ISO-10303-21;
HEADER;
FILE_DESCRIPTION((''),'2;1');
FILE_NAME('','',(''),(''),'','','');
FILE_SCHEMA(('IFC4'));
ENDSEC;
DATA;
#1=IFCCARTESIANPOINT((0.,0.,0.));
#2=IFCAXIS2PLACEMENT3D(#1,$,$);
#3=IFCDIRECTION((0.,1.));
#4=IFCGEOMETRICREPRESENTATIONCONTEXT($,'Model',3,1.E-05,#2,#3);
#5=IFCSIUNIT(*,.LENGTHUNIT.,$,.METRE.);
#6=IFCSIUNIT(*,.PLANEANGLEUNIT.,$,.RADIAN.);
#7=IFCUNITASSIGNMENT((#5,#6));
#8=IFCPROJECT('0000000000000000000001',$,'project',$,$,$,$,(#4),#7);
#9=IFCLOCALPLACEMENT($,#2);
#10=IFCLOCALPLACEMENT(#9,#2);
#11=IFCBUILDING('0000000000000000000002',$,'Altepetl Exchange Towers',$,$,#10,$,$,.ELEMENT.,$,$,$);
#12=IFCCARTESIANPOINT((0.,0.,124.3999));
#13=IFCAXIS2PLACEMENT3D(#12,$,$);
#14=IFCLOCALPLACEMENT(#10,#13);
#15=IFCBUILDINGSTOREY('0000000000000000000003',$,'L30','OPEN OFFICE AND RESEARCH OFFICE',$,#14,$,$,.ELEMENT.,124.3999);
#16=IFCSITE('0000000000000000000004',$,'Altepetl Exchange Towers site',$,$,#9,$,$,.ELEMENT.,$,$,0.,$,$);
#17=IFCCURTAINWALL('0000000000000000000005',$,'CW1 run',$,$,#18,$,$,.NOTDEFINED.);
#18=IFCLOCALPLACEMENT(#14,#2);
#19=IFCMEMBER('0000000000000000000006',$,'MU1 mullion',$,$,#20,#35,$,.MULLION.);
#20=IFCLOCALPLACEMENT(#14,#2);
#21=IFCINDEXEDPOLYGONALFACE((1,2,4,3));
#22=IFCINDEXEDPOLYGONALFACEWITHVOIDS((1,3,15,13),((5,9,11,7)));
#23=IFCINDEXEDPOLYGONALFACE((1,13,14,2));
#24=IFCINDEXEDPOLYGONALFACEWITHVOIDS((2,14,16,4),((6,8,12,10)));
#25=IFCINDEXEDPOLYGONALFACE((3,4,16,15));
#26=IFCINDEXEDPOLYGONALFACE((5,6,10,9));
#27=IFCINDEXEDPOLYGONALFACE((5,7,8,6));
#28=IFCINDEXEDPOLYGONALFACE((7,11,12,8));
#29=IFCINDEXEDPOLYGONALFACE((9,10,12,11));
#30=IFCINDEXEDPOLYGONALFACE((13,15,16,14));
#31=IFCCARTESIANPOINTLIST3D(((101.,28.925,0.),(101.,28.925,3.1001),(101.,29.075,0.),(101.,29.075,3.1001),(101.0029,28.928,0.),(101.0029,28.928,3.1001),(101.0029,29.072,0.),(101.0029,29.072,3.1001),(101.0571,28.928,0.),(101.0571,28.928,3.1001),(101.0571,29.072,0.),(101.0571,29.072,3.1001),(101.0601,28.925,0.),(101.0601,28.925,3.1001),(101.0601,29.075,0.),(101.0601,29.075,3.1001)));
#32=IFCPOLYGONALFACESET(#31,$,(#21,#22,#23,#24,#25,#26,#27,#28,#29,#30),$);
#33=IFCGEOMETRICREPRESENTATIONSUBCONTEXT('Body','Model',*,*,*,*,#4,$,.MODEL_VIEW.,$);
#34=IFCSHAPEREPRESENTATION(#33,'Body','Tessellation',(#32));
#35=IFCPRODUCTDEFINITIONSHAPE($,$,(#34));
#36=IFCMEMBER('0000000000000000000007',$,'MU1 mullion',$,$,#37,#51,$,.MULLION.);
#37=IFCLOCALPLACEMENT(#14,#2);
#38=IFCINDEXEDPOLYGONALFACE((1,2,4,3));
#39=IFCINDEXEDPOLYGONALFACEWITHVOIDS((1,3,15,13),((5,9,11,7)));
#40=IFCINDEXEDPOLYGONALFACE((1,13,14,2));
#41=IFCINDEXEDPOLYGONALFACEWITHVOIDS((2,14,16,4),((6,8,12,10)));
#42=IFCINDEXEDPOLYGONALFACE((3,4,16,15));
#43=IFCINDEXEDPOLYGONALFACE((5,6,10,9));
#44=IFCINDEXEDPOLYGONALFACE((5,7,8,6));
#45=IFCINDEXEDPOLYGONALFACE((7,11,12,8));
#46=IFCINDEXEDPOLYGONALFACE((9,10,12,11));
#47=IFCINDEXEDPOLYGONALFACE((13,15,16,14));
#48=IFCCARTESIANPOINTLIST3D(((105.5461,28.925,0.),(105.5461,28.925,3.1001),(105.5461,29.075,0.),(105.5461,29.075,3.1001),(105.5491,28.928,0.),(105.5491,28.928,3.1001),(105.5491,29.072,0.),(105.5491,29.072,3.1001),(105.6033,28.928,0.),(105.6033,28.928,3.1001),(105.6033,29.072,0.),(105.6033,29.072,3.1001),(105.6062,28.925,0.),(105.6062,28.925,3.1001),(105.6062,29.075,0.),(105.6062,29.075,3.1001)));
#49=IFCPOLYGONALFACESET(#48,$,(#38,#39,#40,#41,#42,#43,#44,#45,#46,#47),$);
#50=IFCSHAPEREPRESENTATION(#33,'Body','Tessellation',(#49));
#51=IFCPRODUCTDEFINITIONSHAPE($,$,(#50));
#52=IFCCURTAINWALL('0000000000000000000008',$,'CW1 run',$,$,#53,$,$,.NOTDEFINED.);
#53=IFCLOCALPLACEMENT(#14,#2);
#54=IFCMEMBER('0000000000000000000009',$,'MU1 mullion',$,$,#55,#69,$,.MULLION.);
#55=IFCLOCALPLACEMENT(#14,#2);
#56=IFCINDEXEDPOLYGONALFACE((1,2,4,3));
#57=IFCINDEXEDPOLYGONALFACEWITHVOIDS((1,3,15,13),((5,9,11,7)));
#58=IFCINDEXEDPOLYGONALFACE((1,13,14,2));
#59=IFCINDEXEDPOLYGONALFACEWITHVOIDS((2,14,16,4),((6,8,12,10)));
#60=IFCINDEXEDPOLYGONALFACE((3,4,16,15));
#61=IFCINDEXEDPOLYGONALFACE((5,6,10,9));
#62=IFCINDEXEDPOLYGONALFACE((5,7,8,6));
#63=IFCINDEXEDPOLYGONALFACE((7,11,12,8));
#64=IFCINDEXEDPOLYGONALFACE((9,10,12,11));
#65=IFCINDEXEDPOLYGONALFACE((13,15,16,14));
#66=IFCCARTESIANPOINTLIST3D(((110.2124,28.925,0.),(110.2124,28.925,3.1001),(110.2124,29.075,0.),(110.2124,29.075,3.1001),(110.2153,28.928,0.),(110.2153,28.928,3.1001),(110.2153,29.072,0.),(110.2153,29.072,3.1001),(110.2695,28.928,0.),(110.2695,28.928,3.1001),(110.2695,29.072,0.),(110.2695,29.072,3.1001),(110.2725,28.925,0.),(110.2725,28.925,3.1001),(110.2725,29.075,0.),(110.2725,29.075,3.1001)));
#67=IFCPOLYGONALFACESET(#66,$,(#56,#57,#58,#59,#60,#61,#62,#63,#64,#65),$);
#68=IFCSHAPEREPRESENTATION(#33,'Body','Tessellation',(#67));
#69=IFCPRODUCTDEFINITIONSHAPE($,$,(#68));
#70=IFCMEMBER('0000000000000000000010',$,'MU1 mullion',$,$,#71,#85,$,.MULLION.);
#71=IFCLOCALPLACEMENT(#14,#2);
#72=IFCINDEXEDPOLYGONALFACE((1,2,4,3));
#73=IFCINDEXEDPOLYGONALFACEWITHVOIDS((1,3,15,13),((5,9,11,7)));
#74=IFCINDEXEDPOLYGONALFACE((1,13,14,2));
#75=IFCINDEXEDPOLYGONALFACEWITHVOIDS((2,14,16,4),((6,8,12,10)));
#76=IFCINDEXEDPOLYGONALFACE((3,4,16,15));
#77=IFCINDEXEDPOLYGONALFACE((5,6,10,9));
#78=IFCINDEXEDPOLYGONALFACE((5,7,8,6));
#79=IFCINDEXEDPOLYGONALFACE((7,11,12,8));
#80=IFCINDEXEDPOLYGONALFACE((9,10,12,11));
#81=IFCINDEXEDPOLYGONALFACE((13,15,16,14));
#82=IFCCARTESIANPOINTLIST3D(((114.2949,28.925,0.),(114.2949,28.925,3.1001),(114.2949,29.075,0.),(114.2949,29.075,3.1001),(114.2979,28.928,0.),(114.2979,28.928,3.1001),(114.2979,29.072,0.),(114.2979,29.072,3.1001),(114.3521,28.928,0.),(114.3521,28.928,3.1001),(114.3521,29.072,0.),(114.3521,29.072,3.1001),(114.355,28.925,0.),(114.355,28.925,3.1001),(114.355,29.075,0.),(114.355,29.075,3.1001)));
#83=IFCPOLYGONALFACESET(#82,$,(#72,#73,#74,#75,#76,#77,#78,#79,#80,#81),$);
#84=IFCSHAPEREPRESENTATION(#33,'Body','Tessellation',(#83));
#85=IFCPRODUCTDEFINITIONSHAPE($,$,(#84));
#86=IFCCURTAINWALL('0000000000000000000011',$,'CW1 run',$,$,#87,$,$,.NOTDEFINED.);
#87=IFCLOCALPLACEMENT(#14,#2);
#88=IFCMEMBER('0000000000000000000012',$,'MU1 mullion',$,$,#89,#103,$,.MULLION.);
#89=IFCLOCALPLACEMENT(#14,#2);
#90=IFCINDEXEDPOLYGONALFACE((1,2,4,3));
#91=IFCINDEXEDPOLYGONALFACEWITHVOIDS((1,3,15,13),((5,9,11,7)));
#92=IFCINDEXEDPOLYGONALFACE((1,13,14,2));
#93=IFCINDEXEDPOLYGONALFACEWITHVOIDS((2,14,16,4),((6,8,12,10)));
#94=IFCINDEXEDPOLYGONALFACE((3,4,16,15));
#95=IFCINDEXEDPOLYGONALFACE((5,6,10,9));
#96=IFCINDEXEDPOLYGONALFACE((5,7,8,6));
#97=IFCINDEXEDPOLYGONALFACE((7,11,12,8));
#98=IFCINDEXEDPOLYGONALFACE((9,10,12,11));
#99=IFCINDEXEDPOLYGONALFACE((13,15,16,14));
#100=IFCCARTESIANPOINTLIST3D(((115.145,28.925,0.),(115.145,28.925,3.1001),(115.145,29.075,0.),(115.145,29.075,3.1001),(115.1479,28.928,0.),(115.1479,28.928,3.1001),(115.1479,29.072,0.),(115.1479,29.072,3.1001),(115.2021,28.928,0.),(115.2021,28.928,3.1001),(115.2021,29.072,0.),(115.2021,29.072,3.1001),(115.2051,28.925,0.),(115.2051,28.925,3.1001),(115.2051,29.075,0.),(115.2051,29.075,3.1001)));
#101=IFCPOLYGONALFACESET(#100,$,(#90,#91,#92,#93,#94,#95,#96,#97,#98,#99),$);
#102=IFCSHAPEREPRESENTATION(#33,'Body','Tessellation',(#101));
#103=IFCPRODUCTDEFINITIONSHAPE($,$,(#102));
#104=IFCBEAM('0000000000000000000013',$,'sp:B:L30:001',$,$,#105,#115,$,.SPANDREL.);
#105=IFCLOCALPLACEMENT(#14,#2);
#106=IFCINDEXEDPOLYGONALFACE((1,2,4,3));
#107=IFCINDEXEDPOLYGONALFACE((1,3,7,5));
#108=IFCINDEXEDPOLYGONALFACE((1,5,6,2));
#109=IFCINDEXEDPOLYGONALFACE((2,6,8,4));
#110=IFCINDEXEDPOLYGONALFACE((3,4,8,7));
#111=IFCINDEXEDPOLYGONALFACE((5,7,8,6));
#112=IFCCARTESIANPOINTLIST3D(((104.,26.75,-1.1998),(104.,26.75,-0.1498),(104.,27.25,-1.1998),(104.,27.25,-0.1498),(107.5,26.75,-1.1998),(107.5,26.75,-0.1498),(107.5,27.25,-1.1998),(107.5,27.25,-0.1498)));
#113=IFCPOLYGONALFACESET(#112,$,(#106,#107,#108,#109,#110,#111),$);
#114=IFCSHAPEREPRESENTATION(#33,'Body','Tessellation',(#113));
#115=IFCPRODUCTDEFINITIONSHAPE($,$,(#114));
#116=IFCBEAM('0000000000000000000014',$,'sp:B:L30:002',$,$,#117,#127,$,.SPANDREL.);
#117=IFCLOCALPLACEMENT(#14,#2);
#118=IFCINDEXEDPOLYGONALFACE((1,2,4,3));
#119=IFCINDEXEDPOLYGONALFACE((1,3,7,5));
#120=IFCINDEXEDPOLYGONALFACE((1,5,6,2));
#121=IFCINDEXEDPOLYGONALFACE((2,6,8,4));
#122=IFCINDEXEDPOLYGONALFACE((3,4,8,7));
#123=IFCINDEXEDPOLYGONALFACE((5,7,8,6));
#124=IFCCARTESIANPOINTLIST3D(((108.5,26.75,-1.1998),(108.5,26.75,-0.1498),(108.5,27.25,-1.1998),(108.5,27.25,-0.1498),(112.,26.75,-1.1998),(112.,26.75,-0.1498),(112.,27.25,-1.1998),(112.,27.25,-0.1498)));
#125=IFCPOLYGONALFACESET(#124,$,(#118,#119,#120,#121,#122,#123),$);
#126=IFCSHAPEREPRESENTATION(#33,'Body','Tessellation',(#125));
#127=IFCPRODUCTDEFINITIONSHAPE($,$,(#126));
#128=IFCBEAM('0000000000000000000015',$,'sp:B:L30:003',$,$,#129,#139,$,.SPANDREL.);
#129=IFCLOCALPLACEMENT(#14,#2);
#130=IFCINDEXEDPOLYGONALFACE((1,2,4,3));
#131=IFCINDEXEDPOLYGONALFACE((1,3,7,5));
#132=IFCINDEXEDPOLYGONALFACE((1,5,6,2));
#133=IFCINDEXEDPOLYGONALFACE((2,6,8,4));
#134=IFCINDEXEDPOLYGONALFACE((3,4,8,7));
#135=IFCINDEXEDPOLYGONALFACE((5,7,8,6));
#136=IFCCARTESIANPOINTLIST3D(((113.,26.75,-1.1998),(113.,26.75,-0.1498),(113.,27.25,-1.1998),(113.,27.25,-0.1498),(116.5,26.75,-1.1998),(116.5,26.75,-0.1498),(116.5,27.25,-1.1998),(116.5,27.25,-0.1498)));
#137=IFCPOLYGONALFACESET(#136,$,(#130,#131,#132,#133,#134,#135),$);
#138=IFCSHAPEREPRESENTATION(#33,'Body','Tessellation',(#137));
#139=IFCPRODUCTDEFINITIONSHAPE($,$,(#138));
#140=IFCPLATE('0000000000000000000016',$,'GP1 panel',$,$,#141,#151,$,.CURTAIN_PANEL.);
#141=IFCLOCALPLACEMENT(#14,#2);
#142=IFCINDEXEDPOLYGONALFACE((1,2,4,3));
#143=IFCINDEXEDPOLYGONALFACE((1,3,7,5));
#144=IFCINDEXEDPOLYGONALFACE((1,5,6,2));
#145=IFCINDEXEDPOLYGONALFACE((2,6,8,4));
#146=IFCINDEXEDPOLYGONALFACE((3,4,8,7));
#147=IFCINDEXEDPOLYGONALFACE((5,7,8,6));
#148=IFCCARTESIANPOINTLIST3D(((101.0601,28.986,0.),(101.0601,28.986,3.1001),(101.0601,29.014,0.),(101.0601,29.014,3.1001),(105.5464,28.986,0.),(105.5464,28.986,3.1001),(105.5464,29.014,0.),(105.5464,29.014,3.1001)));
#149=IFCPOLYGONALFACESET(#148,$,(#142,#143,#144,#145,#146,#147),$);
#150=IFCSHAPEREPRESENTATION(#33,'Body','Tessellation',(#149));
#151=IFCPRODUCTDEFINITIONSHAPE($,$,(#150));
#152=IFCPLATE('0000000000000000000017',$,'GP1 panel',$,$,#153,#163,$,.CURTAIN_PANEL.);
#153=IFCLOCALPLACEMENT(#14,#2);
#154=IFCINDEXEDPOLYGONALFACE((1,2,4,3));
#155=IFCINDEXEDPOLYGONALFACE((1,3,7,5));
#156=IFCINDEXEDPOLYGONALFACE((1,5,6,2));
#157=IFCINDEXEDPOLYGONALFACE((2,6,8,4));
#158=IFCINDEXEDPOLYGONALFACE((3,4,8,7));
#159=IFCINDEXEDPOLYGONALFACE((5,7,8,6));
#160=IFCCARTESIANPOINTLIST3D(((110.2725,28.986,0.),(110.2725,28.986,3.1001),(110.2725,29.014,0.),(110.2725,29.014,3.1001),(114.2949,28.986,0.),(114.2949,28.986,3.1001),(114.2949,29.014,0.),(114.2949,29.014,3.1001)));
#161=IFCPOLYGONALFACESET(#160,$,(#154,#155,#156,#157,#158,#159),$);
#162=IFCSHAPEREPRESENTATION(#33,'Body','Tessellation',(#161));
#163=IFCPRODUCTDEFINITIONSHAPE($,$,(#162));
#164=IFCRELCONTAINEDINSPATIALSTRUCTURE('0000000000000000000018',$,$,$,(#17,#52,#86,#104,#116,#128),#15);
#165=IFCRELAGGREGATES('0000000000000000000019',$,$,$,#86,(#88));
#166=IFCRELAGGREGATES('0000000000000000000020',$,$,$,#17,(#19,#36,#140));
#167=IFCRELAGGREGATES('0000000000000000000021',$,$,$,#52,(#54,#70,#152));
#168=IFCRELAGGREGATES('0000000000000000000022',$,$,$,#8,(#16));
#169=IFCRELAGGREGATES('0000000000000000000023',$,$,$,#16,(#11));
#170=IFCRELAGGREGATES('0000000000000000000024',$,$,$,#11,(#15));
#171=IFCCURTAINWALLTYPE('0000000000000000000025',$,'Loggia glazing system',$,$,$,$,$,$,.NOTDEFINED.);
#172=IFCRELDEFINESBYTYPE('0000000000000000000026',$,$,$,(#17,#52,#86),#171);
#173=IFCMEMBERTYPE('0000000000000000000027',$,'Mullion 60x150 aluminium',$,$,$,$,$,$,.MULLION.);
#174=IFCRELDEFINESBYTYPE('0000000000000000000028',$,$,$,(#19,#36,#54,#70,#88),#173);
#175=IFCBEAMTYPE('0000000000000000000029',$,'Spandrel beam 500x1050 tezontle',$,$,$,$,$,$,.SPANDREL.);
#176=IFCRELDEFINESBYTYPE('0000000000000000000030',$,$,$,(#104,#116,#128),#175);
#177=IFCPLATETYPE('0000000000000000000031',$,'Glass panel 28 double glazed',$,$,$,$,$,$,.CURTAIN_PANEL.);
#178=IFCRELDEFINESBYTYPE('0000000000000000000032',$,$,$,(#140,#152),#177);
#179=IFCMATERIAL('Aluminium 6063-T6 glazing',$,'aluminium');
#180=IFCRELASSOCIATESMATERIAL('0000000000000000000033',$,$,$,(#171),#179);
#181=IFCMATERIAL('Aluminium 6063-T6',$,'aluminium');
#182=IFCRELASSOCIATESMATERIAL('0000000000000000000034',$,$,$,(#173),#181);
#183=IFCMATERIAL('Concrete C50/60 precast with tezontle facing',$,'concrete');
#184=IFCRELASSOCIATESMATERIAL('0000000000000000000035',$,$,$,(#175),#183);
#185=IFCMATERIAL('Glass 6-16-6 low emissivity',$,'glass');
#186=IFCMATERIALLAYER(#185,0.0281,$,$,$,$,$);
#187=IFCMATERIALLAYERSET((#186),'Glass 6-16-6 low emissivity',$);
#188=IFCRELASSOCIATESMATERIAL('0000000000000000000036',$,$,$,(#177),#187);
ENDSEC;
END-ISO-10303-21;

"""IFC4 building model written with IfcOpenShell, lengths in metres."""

from ifc_helpers import new_model, si_unit, direction, frame, origin, origin_2d, place, context, subcontext, project, spatial, rectangle, hollow_rectangle, extrude, material, layer, layer_set, material_profile, profile_set, type_object, element, aggregate, save


model = new_model("IFC4")

# Units and contexts
model_context = context("Model", 3, precision=1e-05, world=origin(), true_north=direction((0.0, 1.0)))
body_context = subcontext(model_context, "Body", "Model", "MODEL_VIEW")
ifc_project = project(units=[si_unit("LENGTHUNIT", "METRE"), si_unit("PLANEANGLEUNIT", "RADIAN")], contexts=[model_context])

# Site, building, storey
site_placement = place(None, origin())
site = spatial("IfcSite", under=ifc_project, at=site_placement, Name="Altepetl Exchange Towers site", CompositionType="ELEMENT", RefElevation=0.0)
building_placement = place(site_placement, origin())
building = spatial("IfcBuilding", under=site, at=building_placement, Name="Altepetl Exchange Towers", CompositionType="ELEMENT")
storey_placement = place(building_placement, frame((0.0, 0.0, 124.3999)))
storey = spatial("IfcBuildingStorey", under=building, at=storey_placement, Name="L30", Description="OPEN OFFICE AND RESEARCH OFFICE", CompositionType="ELEMENT", Elevation=124.3999)

# Curtain walls, members
ifc_material_1 = material(Name="Aluminium 6063-T6 glazing", Category="aluminium")
curtain_wall_type = type_object("IfcCurtainWallType", Name="Loggia glazing system", PredefinedType="NOTDEFINED", material=ifc_material_1)
curtain_wall_1_placement = place(storey_placement, origin())
curtain_wall_1 = element("IfcCurtainWall", 1, at=curtain_wall_1_placement, inside=storey, type_object=curtain_wall_type, Name="CW1 run", PredefinedType="NOTDEFINED")
ifc_material_2 = material(Name="Aluminium 6063-T6", Category="aluminium")
ifc_material_profile_1 = material_profile(ifc_material_2, hollow_rectangle(XDim=0.0601, YDim=0.1499, WallThickness=0.0029, at=origin_2d()), Name="Mullion 60x150 aluminium")
ifc_profile_set_1 = profile_set([ifc_material_profile_1], Name="Aluminium 6063-T6")
member_type = type_object("IfcMemberType", Name="Mullion 60x150 aluminium", PredefinedType="MULLION", material=ifc_profile_set_1)
member_1_placement = place(storey_placement, frame((101.03, 29.0, 0.0)))
member_1 = element("IfcMember", 2, at=member_1_placement, type_object=member_type, Name="MU1 mullion", PredefinedType="MULLION", context=body_context, shape_type="SweptSolid", body=[
    extrude(hollow_rectangle(XDim=0.0601, YDim=0.1499, WallThickness=0.0029, at=origin_2d()), origin(), (0.0, 0.0, 1.0), 3.1001),
])
member_2_placement = place(storey_placement, frame((105.5762, 29.0, 0.0)))
member_2 = element("IfcMember", 3, at=member_2_placement, type_object=member_type, Name="MU1 mullion", PredefinedType="MULLION", context=body_context, shape_type="SweptSolid", body=[
    extrude(hollow_rectangle(XDim=0.0601, YDim=0.1499, WallThickness=0.0029, at=origin_2d()), origin(), (0.0, 0.0, 1.0), 3.1001),
])
curtain_wall_2_placement = place(storey_placement, origin())
curtain_wall_2 = element("IfcCurtainWall", 4, at=curtain_wall_2_placement, inside=storey, type_object=curtain_wall_type, Name="CW1 run", PredefinedType="NOTDEFINED")
member_3_placement = place(storey_placement, frame((110.2424, 29.0, 0.0)))
member_3 = element("IfcMember", 5, at=member_3_placement, type_object=member_type, Name="MU1 mullion", PredefinedType="MULLION", context=body_context, shape_type="SweptSolid", body=[
    extrude(hollow_rectangle(XDim=0.0601, YDim=0.1499, WallThickness=0.0029, at=origin_2d()), origin(), (0.0, 0.0, 1.0), 3.1001),
])
member_4_placement = place(storey_placement, frame((114.325, 29.0, 0.0)))
member_4 = element("IfcMember", 6, at=member_4_placement, type_object=member_type, Name="MU1 mullion", PredefinedType="MULLION", context=body_context, shape_type="SweptSolid", body=[
    extrude(hollow_rectangle(XDim=0.0601, YDim=0.1499, WallThickness=0.0029, at=origin_2d()), origin(), (0.0, 0.0, 1.0), 3.1001),
])

# Curtain wall, member
curtain_wall_3_placement = place(storey_placement, origin())
curtain_wall_3 = element("IfcCurtainWall", 7, at=curtain_wall_3_placement, inside=storey, type_object=curtain_wall_type, Name="CW1 run", PredefinedType="NOTDEFINED")
member_5_placement = place(storey_placement, frame((115.175, 29.0, 0.0)))
member_5 = element("IfcMember", 8, at=member_5_placement, type_object=member_type, Name="MU1 mullion", PredefinedType="MULLION", context=body_context, shape_type="SweptSolid", body=[
    extrude(hollow_rectangle(XDim=0.0601, YDim=0.1499, WallThickness=0.0029, at=origin_2d()), origin(), (0.0, 0.0, 1.0), 3.1001),
])
aggregate(curtain_wall_3, [member_5])

# Beams
ifc_material_3 = material(Name="Concrete C50/60 precast with tezontle facing", Category="concrete")
ifc_material_profile_2 = material_profile(ifc_material_3, rectangle(XDim=0.5, YDim=1.05, at=origin_2d()), Name="500 x 1050")
ifc_profile_set_2 = profile_set([ifc_material_profile_2], Name="Concrete C50/60 precast with tezontle facing")
beam_type_1 = type_object("IfcBeamType", Name="Spandrel beam 500x1050 tezontle", PredefinedType="SPANDREL", material=ifc_profile_set_2)
for number, where, z_axis, x_axis, name in (
    (9, (104.0, 27.0, -0.6748), (1.0, 0.0, 0.0), (0.0, 1.0, 0.0), "sp:B:L30:001"),
    (10, (108.5, 27.0, -0.6748), (1.0, 0.0, 0.0), (0.0, 1.0, 0.0), "sp:B:L30:002"),
    (11, (113.0, 27.0, -0.6748), (1.0, 0.0, 0.0), (0.0, 1.0, 0.0), "sp:B:L30:003"),
):
    element("IfcBeam", number, at=place(storey_placement, frame(where, z_axis=z_axis, x_axis=x_axis)), inside=storey, type_object=beam_type_1, Name=name, PredefinedType="SPANDREL", context=body_context, shape_type="SweptSolid", body=[
        extrude(rectangle(XDim=0.5, YDim=1.05, at=origin_2d()), origin(), (0.0, 0.0, 1.0), 3.5),
    ])

# Plates
ifc_material_4 = material(Name="Glass 6-16-6 low emissivity", Category="glass")
ifc_layer_1 = layer(ifc_material_4, 0.0281)
ifc_layer_set_1 = layer_set([ifc_layer_1], Name="Glass 6-16-6 low emissivity")
plate_type = type_object("IfcPlateType", Name="Glass panel 28 double glazed", PredefinedType="CURTAIN_PANEL", material=ifc_layer_set_1)
plate_1_placement = place(storey_placement, frame((103.3032, 29.0, 0.0)))
plate_1 = element("IfcPlate", 12, at=plate_1_placement, type_object=plate_type, Name="GP1 panel", PredefinedType="CURTAIN_PANEL", context=body_context, shape_type="SweptSolid", body=[
    extrude(rectangle(XDim=4.4863, YDim=0.0281, at=origin_2d()), origin(), (0.0, 0.0, 1.0), 3.1001),
])
aggregate(curtain_wall_1, [member_1, member_2, plate_1])
plate_2_placement = place(storey_placement, frame((112.2837, 29.0, 0.0)))
plate_2 = element("IfcPlate", 13, at=plate_2_placement, type_object=plate_type, Name="GP1 panel", PredefinedType="CURTAIN_PANEL", context=body_context, shape_type="SweptSolid", body=[
    extrude(rectangle(XDim=4.0225, YDim=0.0281, at=origin_2d()), origin(), (0.0, 0.0, 1.0), 3.1001),
])
aggregate(curtain_wall_2, [member_3, member_4, plate_2])

save(model, "model.ifc")
